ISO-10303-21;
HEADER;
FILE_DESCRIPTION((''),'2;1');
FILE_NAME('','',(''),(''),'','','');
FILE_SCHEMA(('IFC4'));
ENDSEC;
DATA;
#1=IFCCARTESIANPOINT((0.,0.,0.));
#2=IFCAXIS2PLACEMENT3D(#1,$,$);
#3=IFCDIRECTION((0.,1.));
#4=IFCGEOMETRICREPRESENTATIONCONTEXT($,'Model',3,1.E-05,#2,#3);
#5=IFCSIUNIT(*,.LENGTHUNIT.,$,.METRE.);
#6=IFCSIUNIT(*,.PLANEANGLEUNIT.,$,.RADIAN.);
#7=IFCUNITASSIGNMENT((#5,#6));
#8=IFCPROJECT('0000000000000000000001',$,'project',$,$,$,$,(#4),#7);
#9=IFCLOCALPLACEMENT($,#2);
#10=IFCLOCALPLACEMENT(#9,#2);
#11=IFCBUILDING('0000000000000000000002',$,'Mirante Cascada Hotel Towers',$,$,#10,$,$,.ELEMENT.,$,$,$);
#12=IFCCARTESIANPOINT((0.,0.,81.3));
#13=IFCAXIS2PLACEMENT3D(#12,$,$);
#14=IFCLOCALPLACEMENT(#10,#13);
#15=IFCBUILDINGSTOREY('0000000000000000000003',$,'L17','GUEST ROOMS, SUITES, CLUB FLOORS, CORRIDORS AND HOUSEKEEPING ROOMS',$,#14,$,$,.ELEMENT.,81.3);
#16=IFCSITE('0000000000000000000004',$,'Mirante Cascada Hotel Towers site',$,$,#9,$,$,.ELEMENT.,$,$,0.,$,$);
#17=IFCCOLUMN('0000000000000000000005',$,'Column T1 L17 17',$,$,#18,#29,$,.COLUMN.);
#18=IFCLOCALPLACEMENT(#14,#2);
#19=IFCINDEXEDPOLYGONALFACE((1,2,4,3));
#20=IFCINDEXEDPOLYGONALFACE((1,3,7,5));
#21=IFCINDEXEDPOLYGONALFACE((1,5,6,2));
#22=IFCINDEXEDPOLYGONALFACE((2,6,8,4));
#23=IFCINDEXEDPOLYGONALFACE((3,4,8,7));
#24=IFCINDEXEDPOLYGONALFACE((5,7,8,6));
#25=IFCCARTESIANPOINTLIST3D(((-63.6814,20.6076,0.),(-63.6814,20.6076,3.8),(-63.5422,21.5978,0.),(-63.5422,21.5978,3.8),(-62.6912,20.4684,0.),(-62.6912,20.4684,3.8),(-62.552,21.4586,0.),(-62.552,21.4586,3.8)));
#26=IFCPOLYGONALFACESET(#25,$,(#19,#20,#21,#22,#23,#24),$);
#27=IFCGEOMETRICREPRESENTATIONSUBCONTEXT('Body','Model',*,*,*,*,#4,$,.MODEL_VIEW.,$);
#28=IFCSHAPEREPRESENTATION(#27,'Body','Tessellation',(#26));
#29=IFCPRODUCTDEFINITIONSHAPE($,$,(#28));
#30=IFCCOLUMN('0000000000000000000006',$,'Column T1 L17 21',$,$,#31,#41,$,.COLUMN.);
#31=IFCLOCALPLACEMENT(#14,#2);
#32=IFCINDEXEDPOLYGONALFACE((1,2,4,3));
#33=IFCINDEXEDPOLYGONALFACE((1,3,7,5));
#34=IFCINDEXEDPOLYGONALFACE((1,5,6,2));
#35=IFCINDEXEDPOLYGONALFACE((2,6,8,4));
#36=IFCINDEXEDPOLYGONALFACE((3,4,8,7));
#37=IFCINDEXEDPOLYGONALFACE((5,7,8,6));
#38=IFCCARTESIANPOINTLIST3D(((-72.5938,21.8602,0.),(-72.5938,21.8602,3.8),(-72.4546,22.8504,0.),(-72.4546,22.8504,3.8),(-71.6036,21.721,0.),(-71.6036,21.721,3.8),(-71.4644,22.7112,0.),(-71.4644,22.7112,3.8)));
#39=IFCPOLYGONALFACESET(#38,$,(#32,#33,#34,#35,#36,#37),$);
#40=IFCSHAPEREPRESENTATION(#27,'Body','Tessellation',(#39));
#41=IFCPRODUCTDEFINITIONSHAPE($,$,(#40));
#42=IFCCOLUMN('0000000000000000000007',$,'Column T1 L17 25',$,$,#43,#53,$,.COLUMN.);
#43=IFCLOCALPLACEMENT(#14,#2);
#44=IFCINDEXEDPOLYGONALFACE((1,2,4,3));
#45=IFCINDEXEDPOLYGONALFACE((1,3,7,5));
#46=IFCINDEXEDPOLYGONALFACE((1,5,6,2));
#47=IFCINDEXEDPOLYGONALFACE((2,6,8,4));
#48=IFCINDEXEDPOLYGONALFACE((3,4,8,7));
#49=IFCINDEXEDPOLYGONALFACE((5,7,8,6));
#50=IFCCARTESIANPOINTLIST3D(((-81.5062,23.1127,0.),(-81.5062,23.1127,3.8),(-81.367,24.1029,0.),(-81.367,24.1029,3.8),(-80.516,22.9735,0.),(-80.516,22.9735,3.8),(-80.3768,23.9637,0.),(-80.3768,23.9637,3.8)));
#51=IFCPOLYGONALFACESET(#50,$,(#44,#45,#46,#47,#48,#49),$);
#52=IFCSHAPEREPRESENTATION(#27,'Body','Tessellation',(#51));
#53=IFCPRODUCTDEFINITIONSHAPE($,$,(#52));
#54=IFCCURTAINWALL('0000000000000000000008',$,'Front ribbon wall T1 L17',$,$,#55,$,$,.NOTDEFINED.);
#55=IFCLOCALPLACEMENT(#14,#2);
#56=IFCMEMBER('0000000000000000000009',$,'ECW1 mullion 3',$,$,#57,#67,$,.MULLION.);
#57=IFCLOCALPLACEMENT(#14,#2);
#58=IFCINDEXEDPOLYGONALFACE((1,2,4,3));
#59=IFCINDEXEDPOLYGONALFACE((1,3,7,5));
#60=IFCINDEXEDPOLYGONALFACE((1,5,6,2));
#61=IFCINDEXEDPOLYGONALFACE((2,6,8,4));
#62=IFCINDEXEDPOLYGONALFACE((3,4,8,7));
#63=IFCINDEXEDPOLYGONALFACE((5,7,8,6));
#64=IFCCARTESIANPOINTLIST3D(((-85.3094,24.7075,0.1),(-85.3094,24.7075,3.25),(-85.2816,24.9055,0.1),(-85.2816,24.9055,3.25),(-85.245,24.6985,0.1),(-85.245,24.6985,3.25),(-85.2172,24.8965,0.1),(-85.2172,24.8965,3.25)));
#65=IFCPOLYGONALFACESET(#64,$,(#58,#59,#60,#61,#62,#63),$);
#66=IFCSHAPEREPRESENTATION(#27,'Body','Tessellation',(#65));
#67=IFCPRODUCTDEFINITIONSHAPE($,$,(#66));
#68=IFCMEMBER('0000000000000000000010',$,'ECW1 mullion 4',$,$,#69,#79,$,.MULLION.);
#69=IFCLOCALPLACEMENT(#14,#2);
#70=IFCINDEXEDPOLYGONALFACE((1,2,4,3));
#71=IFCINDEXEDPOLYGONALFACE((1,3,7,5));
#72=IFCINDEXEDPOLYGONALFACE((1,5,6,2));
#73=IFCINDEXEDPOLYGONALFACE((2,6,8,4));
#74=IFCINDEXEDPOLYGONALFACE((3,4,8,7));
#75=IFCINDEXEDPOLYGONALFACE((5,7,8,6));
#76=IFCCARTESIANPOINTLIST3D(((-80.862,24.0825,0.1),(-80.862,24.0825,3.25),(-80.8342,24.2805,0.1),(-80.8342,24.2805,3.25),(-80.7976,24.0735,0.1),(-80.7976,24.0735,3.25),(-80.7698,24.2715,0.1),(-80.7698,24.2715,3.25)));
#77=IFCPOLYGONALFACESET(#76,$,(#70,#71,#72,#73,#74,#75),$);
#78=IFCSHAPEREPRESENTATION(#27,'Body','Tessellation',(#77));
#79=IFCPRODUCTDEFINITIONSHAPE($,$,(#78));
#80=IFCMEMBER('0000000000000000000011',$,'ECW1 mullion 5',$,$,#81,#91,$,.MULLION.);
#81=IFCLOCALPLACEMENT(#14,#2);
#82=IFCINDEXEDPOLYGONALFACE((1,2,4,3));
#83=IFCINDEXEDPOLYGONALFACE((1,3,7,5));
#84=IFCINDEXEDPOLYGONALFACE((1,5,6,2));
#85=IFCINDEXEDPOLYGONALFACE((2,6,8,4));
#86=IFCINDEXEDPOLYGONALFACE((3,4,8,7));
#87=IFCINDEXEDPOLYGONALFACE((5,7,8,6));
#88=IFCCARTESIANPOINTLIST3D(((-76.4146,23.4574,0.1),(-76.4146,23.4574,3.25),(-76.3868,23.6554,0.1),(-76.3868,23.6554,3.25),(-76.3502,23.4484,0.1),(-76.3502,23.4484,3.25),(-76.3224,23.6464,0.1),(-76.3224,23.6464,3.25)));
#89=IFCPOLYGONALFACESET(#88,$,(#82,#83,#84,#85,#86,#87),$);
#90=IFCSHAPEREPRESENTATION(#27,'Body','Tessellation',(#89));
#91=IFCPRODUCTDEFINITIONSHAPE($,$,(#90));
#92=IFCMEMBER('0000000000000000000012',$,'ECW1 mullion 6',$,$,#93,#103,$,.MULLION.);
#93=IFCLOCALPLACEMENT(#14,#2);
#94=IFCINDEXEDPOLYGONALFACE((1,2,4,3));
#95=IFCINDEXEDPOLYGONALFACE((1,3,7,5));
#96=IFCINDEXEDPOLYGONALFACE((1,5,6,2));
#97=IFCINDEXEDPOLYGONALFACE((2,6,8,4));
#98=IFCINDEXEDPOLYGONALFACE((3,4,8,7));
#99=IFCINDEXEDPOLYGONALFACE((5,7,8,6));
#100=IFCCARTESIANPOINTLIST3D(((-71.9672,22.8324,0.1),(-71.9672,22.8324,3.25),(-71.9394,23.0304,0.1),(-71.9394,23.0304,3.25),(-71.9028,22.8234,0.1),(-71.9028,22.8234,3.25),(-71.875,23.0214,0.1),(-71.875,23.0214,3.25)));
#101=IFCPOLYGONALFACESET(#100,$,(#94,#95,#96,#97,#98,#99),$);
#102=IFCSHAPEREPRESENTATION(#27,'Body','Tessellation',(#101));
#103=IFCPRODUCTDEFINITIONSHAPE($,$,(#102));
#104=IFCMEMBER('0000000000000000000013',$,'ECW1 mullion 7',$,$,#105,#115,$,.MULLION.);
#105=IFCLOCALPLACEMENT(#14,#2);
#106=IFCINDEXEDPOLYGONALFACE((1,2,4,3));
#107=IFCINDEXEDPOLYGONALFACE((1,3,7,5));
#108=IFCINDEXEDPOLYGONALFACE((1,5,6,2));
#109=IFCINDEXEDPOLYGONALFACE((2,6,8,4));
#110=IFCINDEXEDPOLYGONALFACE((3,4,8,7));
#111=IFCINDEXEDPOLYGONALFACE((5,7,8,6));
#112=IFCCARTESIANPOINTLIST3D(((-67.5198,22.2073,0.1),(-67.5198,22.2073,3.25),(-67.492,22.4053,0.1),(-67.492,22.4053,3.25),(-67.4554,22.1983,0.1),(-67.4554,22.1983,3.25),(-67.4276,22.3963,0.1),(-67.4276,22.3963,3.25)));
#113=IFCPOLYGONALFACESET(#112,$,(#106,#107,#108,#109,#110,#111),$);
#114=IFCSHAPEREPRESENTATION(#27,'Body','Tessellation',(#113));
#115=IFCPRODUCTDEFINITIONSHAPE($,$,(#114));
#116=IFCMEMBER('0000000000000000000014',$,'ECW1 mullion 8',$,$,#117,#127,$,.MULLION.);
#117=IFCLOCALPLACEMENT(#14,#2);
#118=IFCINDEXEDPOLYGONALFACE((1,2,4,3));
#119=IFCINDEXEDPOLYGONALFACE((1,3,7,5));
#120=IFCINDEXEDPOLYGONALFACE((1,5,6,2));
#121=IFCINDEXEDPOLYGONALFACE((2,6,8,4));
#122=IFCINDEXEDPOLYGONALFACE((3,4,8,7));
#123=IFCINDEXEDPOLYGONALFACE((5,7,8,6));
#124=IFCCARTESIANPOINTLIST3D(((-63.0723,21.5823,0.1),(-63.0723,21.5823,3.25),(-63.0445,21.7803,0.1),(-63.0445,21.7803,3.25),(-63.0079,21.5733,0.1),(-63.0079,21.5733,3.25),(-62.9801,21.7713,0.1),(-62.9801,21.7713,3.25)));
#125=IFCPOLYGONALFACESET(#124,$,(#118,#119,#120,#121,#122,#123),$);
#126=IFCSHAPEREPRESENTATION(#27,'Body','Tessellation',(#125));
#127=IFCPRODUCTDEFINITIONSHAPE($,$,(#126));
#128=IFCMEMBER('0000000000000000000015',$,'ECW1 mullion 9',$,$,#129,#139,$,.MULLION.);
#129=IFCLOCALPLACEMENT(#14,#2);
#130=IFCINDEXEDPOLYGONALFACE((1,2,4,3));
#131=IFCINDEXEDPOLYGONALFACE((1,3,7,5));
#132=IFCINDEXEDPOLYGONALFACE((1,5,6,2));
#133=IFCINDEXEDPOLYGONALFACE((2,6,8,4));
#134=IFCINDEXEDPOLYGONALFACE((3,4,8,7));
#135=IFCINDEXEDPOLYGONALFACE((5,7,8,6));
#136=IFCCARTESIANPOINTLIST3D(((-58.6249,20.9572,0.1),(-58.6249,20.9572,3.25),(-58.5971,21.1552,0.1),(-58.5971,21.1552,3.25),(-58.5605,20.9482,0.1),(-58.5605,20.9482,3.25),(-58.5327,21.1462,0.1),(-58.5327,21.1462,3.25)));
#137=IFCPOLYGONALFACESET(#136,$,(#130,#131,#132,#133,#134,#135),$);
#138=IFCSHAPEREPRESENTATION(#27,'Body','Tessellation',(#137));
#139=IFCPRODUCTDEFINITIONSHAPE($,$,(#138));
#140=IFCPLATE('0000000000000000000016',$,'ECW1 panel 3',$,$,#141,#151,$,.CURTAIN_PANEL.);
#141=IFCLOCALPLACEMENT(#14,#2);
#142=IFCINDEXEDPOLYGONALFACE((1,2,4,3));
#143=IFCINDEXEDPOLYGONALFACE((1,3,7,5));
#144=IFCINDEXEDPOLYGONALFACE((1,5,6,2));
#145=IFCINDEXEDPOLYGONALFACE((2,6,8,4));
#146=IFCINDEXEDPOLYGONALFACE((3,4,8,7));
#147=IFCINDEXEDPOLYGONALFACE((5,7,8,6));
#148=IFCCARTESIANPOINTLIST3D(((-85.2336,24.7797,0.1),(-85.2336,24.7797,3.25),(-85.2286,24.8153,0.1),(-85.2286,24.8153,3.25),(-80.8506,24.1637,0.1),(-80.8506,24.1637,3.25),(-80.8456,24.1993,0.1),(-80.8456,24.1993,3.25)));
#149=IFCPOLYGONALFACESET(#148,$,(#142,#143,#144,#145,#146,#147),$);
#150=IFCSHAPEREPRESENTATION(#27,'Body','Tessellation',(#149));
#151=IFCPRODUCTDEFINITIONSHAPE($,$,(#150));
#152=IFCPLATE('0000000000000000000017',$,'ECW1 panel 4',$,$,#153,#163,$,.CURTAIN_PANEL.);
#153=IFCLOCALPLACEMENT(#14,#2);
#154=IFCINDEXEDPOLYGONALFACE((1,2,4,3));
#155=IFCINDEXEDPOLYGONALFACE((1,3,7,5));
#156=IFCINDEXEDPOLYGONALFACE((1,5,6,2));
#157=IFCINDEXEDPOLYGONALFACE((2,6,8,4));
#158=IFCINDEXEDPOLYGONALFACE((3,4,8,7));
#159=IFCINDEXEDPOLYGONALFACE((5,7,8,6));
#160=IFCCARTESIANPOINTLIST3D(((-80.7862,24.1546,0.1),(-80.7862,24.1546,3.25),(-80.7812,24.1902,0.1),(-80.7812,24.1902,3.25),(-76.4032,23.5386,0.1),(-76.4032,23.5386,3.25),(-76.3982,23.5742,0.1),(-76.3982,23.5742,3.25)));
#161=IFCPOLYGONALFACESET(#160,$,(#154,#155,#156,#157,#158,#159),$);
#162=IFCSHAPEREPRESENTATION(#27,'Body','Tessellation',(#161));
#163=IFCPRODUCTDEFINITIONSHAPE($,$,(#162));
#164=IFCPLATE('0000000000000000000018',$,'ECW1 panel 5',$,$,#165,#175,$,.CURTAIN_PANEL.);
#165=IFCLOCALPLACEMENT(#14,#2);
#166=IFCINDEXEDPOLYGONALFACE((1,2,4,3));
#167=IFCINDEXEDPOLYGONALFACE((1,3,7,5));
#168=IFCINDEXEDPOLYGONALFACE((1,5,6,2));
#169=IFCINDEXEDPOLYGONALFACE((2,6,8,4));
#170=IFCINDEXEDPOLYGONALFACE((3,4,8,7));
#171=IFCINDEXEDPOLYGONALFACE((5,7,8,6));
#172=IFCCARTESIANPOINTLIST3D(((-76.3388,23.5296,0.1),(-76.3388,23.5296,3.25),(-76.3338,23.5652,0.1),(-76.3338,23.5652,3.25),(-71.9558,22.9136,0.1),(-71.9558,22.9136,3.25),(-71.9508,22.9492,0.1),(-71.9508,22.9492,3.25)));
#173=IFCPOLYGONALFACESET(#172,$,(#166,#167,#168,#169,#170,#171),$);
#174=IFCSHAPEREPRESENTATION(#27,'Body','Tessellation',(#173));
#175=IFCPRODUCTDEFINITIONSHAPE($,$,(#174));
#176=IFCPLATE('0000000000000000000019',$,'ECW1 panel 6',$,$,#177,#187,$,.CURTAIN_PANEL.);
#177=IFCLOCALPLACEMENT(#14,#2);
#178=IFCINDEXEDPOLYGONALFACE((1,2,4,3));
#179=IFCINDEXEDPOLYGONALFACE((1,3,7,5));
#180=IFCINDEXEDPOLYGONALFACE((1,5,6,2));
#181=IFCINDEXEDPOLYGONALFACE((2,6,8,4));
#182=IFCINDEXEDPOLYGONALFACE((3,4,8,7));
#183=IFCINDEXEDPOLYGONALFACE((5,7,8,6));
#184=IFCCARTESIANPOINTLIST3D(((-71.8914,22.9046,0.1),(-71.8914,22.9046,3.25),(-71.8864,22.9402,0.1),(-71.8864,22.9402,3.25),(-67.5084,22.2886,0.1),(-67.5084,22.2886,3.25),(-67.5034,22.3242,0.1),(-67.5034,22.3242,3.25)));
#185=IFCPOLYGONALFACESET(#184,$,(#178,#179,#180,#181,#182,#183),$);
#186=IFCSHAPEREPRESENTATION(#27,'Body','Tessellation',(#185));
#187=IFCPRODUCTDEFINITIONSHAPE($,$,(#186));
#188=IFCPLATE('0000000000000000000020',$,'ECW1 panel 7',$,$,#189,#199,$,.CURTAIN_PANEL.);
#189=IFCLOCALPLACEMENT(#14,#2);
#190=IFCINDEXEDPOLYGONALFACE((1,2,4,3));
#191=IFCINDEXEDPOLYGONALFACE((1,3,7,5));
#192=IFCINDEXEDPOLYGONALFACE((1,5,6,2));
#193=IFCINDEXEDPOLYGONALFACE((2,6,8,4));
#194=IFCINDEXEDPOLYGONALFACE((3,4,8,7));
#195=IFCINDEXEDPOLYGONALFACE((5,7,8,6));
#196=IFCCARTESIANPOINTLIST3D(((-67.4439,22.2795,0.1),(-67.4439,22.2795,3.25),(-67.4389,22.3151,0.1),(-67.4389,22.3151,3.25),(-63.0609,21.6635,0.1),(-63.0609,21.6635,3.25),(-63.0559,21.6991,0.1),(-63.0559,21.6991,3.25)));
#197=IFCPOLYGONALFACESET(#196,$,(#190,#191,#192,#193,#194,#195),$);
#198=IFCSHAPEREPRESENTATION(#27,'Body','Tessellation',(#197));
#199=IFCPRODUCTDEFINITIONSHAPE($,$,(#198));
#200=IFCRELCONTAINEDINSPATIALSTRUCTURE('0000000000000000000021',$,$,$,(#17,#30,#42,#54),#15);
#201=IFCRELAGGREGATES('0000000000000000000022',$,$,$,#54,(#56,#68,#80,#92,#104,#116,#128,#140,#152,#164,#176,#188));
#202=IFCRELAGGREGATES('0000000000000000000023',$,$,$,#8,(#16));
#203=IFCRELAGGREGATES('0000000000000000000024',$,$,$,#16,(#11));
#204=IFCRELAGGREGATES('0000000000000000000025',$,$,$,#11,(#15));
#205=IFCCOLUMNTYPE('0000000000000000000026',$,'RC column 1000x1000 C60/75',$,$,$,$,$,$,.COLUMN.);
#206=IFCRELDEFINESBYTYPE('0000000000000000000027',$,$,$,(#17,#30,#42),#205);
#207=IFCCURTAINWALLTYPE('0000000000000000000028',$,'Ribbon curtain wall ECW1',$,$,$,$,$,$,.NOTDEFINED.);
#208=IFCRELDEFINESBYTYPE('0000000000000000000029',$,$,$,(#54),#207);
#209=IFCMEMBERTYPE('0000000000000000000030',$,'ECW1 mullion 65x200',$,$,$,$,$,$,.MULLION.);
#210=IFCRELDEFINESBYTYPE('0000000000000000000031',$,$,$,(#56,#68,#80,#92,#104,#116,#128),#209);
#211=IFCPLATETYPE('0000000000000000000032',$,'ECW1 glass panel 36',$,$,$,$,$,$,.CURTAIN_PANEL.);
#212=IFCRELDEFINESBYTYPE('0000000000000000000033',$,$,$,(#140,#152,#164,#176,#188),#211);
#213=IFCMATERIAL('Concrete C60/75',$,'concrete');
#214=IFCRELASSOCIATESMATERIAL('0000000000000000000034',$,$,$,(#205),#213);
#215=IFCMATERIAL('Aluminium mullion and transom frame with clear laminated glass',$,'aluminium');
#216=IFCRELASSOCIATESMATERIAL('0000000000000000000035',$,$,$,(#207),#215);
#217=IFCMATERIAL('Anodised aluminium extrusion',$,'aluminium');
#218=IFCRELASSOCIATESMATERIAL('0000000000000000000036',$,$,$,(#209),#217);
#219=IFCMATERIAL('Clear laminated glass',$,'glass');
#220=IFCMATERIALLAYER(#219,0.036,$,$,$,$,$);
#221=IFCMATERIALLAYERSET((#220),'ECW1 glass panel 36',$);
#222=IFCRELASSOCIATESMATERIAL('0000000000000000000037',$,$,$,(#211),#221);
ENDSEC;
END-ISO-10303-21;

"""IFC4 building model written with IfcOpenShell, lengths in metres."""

from ifc_helpers import new_model, si_unit, direction, frame, origin, origin_2d, place, context, subcontext, project, spatial, rectangle, extrude, material, layer, layer_set, material_profile, profile_set, type_object, element, aggregate, save


model = new_model("IFC4")

# Units and contexts
model_context = context("Model", 3, precision=1e-05, world=origin(), true_north=direction((0.0, 1.0)))
body_context = subcontext(model_context, "Body", "Model", "MODEL_VIEW")
ifc_project = project(units=[si_unit("LENGTHUNIT", "METRE"), si_unit("PLANEANGLEUNIT", "RADIAN")], contexts=[model_context])

# Site, building, storey
site_placement = place(None, origin())
site = spatial("IfcSite", under=ifc_project, at=site_placement, Name="Mirante Cascada Hotel Towers site", CompositionType="ELEMENT", RefElevation=0.0)
building_placement = place(site_placement, origin())
building = spatial("IfcBuilding", under=site, at=building_placement, Name="Mirante Cascada Hotel Towers", CompositionType="ELEMENT")
storey_placement = place(building_placement, frame((0.0, 0.0, 81.3)))
storey = spatial("IfcBuildingStorey", under=building, at=storey_placement, Name="L17", Description="GUEST ROOMS, SUITES, CLUB FLOORS, CORRIDORS AND HOUSEKEEPING ROOMS", CompositionType="ELEMENT", Elevation=81.3)

# Columns
ifc_material_1 = material(Name="Concrete C60/75", Category="concrete")
ifc_material_profile_1 = material_profile(ifc_material_1, rectangle(XDim=1.0, YDim=1.0, at=origin_2d()), Name="RC column 1000x1000 C60/75")
ifc_profile_set_1 = profile_set([ifc_material_profile_1], Name="Concrete C60/75")
column_type = type_object("IfcColumnType", Name="RC column 1000x1000 C60/75", PredefinedType="COLUMN", material=ifc_profile_set_1)
for number, where, z_axis, x_axis, name in (
    (1, (-63.1167, 21.0331, 0.0), (0.0, 0.0, 1.0), (-0.990268, 0.139173, 0.0), "Column T1 L17 17"),
    (2, (-72.0291, 22.2857, 0.0), (0.0, 0.0, 1.0), (-0.990268, 0.139173, 0.0), "Column T1 L17 21"),
    (3, (-80.9415, 23.5382, 0.0), (0.0, 0.0, 1.0), (-0.990268, 0.139173, 0.0), "Column T1 L17 25"),
):
    element("IfcColumn", number, at=place(storey_placement, frame(where, z_axis=z_axis, x_axis=x_axis)), inside=storey, type_object=column_type, Name=name, PredefinedType="COLUMN", context=body_context, shape_type="SweptSolid", body=[
        extrude(rectangle(XDim=1.0, YDim=1.0, at=origin_2d()), origin(), (0.0, 0.0, 1.0), 3.8),
    ])

# Curtain wall, members, plates
ifc_material_2 = material(Name="Aluminium mullion and transom frame with clear laminated glass", Category="aluminium")
curtain_wall_type = type_object("IfcCurtainWallType", Name="Ribbon curtain wall ECW1", PredefinedType="NOTDEFINED", material=ifc_material_2)
curtain_wall_placement = place(storey_placement, origin())
curtain_wall = element("IfcCurtainWall", 4, at=curtain_wall_placement, inside=storey, type_object=curtain_wall_type, Name="Front ribbon wall T1 L17", PredefinedType="NOTDEFINED")
ifc_material_3 = material(Name="Anodised aluminium extrusion", Category="aluminium")
ifc_material_profile_2 = material_profile(ifc_material_3, rectangle(XDim=0.2, YDim=0.065, at=origin_2d()), Name="ECW1 MULLION 65x200")
ifc_profile_set_2 = profile_set([ifc_material_profile_2], Name="Anodised aluminium extrusion")
member_type = type_object("IfcMemberType", Name="ECW1 mullion 65x200", PredefinedType="MULLION", material=ifc_profile_set_2)
member_1_placement = place(storey_placement, frame((-85.2633, 24.802, 0.1), z_axis=(0.0, 0.0, 1.0), x_axis=(0.139173, 0.990268, 0.0)))
member_1 = element("IfcMember", 5, at=member_1_placement, type_object=member_type, Name="ECW1 mullion 3", PredefinedType="MULLION", context=body_context, shape_type="SweptSolid", body=[
    extrude(rectangle(XDim=0.2, YDim=0.065, at=origin_2d()), origin(), (0.0, 0.0, 1.0), 3.15),
])
member_2_placement = place(storey_placement, frame((-80.8159, 24.177, 0.1), z_axis=(0.0, 0.0, 1.0), x_axis=(0.139173, 0.990268, 0.0)))
member_2 = element("IfcMember", 6, at=member_2_placement, type_object=member_type, Name="ECW1 mullion 4", PredefinedType="MULLION", context=body_context, shape_type="SweptSolid", body=[
    extrude(rectangle(XDim=0.2, YDim=0.065, at=origin_2d()), origin(), (0.0, 0.0, 1.0), 3.15),
])
member_3_placement = place(storey_placement, frame((-76.3685, 23.5519, 0.1), z_axis=(0.0, 0.0, 1.0), x_axis=(0.139173, 0.990268, 0.0)))
member_3 = element("IfcMember", 7, at=member_3_placement, type_object=member_type, Name="ECW1 mullion 5", PredefinedType="MULLION", context=body_context, shape_type="SweptSolid", body=[
    extrude(rectangle(XDim=0.2, YDim=0.065, at=origin_2d()), origin(), (0.0, 0.0, 1.0), 3.15),
])
member_4_placement = place(storey_placement, frame((-71.9211, 22.9269, 0.1), z_axis=(0.0, 0.0, 1.0), x_axis=(0.139173, 0.990268, 0.0)))
member_4 = element("IfcMember", 8, at=member_4_placement, type_object=member_type, Name="ECW1 mullion 6", PredefinedType="MULLION", context=body_context, shape_type="SweptSolid", body=[
    extrude(rectangle(XDim=0.2, YDim=0.065, at=origin_2d()), origin(), (0.0, 0.0, 1.0), 3.15),
])
member_5_placement = place(storey_placement, frame((-67.4737, 22.3018, 0.1), z_axis=(0.0, 0.0, 1.0), x_axis=(0.139173, 0.990268, 0.0)))
member_5 = element("IfcMember", 9, at=member_5_placement, type_object=member_type, Name="ECW1 mullion 7", PredefinedType="MULLION", context=body_context, shape_type="SweptSolid", body=[
    extrude(rectangle(XDim=0.2, YDim=0.065, at=origin_2d()), origin(), (0.0, 0.0, 1.0), 3.15),
])
member_6_placement = place(storey_placement, frame((-63.0262, 21.6768, 0.1), z_axis=(0.0, 0.0, 1.0), x_axis=(0.139173, 0.990268, 0.0)))
member_6 = element("IfcMember", 10, at=member_6_placement, type_object=member_type, Name="ECW1 mullion 8", PredefinedType="MULLION", context=body_context, shape_type="SweptSolid", body=[
    extrude(rectangle(XDim=0.2, YDim=0.065, at=origin_2d()), origin(), (0.0, 0.0, 1.0), 3.15),
])
member_7_placement = place(storey_placement, frame((-58.5788, 21.0517, 0.1), z_axis=(0.0, 0.0, 1.0), x_axis=(0.139173, 0.990268, 0.0)))
member_7 = element("IfcMember", 11, at=member_7_placement, type_object=member_type, Name="ECW1 mullion 9", PredefinedType="MULLION", context=body_context, shape_type="SweptSolid", body=[
    extrude(rectangle(XDim=0.2, YDim=0.065, at=origin_2d()), origin(), (0.0, 0.0, 1.0), 3.15),
])
ifc_material_4 = material(Name="Clear laminated glass", Category="glass")
ifc_layer_1 = layer(ifc_material_4, 0.036)
ifc_layer_set_1 = layer_set([ifc_layer_1], Name="ECW1 glass panel 36")
plate_type = type_object("IfcPlateType", Name="ECW1 glass panel 36", PredefinedType="CURTAIN_PANEL", material=ifc_layer_set_1)
plate_1_placement = place(storey_placement, frame((-83.0396, 24.4895, 0.1), z_axis=(0.0, 0.0, 1.0), x_axis=(0.990268, -0.139173, 0.0)))
plate_1 = element("IfcPlate", 12, at=plate_1_placement, type_object=plate_type, Name="ECW1 panel 3", PredefinedType="CURTAIN_PANEL", context=body_context, shape_type="SweptSolid", body=[
    extrude(rectangle(XDim=4.4261, YDim=0.036, at=origin_2d()), origin(), (0.0, 0.0, 1.0), 3.15),
])
plate_2_placement = place(storey_placement, frame((-78.5922, 23.8644, 0.1), z_axis=(0.0, 0.0, 1.0), x_axis=(0.990268, -0.139173, 0.0)))
plate_2 = element("IfcPlate", 13, at=plate_2_placement, type_object=plate_type, Name="ECW1 panel 4", PredefinedType="CURTAIN_PANEL", context=body_context, shape_type="SweptSolid", body=[
    extrude(rectangle(XDim=4.4261, YDim=0.036, at=origin_2d()), origin(), (0.0, 0.0, 1.0), 3.15),
])
plate_3_placement = place(storey_placement, frame((-74.1448, 23.2394, 0.1), z_axis=(0.0, 0.0, 1.0), x_axis=(0.990268, -0.139173, 0.0)))
plate_3 = element("IfcPlate", 14, at=plate_3_placement, type_object=plate_type, Name="ECW1 panel 5", PredefinedType="CURTAIN_PANEL", context=body_context, shape_type="SweptSolid", body=[
    extrude(rectangle(XDim=4.4261, YDim=0.036, at=origin_2d()), origin(), (0.0, 0.0, 1.0), 3.15),
])
plate_4_placement = place(storey_placement, frame((-69.6974, 22.6144, 0.1), z_axis=(0.0, 0.0, 1.0), x_axis=(0.990268, -0.139173, 0.0)))
plate_4 = element("IfcPlate", 15, at=plate_4_placement, type_object=plate_type, Name="ECW1 panel 6", PredefinedType="CURTAIN_PANEL", context=body_context, shape_type="SweptSolid", body=[
    extrude(rectangle(XDim=4.4261, YDim=0.036, at=origin_2d()), origin(), (0.0, 0.0, 1.0), 3.15),
])
plate_5_placement = place(storey_placement, frame((-65.2499, 21.9893, 0.1), z_axis=(0.0, 0.0, 1.0), x_axis=(0.990268, -0.139173, 0.0)))
plate_5 = element("IfcPlate", 16, at=plate_5_placement, type_object=plate_type, Name="ECW1 panel 7", PredefinedType="CURTAIN_PANEL", context=body_context, shape_type="SweptSolid", body=[
    extrude(rectangle(XDim=4.4261, YDim=0.036, at=origin_2d()), origin(), (0.0, 0.0, 1.0), 3.15),
])
aggregate(curtain_wall, [member_1, member_2, member_3, member_4, member_5, member_6, member_7, plate_1, plate_2, plate_3, plate_4, plate_5])

save(model, "model.ifc")
